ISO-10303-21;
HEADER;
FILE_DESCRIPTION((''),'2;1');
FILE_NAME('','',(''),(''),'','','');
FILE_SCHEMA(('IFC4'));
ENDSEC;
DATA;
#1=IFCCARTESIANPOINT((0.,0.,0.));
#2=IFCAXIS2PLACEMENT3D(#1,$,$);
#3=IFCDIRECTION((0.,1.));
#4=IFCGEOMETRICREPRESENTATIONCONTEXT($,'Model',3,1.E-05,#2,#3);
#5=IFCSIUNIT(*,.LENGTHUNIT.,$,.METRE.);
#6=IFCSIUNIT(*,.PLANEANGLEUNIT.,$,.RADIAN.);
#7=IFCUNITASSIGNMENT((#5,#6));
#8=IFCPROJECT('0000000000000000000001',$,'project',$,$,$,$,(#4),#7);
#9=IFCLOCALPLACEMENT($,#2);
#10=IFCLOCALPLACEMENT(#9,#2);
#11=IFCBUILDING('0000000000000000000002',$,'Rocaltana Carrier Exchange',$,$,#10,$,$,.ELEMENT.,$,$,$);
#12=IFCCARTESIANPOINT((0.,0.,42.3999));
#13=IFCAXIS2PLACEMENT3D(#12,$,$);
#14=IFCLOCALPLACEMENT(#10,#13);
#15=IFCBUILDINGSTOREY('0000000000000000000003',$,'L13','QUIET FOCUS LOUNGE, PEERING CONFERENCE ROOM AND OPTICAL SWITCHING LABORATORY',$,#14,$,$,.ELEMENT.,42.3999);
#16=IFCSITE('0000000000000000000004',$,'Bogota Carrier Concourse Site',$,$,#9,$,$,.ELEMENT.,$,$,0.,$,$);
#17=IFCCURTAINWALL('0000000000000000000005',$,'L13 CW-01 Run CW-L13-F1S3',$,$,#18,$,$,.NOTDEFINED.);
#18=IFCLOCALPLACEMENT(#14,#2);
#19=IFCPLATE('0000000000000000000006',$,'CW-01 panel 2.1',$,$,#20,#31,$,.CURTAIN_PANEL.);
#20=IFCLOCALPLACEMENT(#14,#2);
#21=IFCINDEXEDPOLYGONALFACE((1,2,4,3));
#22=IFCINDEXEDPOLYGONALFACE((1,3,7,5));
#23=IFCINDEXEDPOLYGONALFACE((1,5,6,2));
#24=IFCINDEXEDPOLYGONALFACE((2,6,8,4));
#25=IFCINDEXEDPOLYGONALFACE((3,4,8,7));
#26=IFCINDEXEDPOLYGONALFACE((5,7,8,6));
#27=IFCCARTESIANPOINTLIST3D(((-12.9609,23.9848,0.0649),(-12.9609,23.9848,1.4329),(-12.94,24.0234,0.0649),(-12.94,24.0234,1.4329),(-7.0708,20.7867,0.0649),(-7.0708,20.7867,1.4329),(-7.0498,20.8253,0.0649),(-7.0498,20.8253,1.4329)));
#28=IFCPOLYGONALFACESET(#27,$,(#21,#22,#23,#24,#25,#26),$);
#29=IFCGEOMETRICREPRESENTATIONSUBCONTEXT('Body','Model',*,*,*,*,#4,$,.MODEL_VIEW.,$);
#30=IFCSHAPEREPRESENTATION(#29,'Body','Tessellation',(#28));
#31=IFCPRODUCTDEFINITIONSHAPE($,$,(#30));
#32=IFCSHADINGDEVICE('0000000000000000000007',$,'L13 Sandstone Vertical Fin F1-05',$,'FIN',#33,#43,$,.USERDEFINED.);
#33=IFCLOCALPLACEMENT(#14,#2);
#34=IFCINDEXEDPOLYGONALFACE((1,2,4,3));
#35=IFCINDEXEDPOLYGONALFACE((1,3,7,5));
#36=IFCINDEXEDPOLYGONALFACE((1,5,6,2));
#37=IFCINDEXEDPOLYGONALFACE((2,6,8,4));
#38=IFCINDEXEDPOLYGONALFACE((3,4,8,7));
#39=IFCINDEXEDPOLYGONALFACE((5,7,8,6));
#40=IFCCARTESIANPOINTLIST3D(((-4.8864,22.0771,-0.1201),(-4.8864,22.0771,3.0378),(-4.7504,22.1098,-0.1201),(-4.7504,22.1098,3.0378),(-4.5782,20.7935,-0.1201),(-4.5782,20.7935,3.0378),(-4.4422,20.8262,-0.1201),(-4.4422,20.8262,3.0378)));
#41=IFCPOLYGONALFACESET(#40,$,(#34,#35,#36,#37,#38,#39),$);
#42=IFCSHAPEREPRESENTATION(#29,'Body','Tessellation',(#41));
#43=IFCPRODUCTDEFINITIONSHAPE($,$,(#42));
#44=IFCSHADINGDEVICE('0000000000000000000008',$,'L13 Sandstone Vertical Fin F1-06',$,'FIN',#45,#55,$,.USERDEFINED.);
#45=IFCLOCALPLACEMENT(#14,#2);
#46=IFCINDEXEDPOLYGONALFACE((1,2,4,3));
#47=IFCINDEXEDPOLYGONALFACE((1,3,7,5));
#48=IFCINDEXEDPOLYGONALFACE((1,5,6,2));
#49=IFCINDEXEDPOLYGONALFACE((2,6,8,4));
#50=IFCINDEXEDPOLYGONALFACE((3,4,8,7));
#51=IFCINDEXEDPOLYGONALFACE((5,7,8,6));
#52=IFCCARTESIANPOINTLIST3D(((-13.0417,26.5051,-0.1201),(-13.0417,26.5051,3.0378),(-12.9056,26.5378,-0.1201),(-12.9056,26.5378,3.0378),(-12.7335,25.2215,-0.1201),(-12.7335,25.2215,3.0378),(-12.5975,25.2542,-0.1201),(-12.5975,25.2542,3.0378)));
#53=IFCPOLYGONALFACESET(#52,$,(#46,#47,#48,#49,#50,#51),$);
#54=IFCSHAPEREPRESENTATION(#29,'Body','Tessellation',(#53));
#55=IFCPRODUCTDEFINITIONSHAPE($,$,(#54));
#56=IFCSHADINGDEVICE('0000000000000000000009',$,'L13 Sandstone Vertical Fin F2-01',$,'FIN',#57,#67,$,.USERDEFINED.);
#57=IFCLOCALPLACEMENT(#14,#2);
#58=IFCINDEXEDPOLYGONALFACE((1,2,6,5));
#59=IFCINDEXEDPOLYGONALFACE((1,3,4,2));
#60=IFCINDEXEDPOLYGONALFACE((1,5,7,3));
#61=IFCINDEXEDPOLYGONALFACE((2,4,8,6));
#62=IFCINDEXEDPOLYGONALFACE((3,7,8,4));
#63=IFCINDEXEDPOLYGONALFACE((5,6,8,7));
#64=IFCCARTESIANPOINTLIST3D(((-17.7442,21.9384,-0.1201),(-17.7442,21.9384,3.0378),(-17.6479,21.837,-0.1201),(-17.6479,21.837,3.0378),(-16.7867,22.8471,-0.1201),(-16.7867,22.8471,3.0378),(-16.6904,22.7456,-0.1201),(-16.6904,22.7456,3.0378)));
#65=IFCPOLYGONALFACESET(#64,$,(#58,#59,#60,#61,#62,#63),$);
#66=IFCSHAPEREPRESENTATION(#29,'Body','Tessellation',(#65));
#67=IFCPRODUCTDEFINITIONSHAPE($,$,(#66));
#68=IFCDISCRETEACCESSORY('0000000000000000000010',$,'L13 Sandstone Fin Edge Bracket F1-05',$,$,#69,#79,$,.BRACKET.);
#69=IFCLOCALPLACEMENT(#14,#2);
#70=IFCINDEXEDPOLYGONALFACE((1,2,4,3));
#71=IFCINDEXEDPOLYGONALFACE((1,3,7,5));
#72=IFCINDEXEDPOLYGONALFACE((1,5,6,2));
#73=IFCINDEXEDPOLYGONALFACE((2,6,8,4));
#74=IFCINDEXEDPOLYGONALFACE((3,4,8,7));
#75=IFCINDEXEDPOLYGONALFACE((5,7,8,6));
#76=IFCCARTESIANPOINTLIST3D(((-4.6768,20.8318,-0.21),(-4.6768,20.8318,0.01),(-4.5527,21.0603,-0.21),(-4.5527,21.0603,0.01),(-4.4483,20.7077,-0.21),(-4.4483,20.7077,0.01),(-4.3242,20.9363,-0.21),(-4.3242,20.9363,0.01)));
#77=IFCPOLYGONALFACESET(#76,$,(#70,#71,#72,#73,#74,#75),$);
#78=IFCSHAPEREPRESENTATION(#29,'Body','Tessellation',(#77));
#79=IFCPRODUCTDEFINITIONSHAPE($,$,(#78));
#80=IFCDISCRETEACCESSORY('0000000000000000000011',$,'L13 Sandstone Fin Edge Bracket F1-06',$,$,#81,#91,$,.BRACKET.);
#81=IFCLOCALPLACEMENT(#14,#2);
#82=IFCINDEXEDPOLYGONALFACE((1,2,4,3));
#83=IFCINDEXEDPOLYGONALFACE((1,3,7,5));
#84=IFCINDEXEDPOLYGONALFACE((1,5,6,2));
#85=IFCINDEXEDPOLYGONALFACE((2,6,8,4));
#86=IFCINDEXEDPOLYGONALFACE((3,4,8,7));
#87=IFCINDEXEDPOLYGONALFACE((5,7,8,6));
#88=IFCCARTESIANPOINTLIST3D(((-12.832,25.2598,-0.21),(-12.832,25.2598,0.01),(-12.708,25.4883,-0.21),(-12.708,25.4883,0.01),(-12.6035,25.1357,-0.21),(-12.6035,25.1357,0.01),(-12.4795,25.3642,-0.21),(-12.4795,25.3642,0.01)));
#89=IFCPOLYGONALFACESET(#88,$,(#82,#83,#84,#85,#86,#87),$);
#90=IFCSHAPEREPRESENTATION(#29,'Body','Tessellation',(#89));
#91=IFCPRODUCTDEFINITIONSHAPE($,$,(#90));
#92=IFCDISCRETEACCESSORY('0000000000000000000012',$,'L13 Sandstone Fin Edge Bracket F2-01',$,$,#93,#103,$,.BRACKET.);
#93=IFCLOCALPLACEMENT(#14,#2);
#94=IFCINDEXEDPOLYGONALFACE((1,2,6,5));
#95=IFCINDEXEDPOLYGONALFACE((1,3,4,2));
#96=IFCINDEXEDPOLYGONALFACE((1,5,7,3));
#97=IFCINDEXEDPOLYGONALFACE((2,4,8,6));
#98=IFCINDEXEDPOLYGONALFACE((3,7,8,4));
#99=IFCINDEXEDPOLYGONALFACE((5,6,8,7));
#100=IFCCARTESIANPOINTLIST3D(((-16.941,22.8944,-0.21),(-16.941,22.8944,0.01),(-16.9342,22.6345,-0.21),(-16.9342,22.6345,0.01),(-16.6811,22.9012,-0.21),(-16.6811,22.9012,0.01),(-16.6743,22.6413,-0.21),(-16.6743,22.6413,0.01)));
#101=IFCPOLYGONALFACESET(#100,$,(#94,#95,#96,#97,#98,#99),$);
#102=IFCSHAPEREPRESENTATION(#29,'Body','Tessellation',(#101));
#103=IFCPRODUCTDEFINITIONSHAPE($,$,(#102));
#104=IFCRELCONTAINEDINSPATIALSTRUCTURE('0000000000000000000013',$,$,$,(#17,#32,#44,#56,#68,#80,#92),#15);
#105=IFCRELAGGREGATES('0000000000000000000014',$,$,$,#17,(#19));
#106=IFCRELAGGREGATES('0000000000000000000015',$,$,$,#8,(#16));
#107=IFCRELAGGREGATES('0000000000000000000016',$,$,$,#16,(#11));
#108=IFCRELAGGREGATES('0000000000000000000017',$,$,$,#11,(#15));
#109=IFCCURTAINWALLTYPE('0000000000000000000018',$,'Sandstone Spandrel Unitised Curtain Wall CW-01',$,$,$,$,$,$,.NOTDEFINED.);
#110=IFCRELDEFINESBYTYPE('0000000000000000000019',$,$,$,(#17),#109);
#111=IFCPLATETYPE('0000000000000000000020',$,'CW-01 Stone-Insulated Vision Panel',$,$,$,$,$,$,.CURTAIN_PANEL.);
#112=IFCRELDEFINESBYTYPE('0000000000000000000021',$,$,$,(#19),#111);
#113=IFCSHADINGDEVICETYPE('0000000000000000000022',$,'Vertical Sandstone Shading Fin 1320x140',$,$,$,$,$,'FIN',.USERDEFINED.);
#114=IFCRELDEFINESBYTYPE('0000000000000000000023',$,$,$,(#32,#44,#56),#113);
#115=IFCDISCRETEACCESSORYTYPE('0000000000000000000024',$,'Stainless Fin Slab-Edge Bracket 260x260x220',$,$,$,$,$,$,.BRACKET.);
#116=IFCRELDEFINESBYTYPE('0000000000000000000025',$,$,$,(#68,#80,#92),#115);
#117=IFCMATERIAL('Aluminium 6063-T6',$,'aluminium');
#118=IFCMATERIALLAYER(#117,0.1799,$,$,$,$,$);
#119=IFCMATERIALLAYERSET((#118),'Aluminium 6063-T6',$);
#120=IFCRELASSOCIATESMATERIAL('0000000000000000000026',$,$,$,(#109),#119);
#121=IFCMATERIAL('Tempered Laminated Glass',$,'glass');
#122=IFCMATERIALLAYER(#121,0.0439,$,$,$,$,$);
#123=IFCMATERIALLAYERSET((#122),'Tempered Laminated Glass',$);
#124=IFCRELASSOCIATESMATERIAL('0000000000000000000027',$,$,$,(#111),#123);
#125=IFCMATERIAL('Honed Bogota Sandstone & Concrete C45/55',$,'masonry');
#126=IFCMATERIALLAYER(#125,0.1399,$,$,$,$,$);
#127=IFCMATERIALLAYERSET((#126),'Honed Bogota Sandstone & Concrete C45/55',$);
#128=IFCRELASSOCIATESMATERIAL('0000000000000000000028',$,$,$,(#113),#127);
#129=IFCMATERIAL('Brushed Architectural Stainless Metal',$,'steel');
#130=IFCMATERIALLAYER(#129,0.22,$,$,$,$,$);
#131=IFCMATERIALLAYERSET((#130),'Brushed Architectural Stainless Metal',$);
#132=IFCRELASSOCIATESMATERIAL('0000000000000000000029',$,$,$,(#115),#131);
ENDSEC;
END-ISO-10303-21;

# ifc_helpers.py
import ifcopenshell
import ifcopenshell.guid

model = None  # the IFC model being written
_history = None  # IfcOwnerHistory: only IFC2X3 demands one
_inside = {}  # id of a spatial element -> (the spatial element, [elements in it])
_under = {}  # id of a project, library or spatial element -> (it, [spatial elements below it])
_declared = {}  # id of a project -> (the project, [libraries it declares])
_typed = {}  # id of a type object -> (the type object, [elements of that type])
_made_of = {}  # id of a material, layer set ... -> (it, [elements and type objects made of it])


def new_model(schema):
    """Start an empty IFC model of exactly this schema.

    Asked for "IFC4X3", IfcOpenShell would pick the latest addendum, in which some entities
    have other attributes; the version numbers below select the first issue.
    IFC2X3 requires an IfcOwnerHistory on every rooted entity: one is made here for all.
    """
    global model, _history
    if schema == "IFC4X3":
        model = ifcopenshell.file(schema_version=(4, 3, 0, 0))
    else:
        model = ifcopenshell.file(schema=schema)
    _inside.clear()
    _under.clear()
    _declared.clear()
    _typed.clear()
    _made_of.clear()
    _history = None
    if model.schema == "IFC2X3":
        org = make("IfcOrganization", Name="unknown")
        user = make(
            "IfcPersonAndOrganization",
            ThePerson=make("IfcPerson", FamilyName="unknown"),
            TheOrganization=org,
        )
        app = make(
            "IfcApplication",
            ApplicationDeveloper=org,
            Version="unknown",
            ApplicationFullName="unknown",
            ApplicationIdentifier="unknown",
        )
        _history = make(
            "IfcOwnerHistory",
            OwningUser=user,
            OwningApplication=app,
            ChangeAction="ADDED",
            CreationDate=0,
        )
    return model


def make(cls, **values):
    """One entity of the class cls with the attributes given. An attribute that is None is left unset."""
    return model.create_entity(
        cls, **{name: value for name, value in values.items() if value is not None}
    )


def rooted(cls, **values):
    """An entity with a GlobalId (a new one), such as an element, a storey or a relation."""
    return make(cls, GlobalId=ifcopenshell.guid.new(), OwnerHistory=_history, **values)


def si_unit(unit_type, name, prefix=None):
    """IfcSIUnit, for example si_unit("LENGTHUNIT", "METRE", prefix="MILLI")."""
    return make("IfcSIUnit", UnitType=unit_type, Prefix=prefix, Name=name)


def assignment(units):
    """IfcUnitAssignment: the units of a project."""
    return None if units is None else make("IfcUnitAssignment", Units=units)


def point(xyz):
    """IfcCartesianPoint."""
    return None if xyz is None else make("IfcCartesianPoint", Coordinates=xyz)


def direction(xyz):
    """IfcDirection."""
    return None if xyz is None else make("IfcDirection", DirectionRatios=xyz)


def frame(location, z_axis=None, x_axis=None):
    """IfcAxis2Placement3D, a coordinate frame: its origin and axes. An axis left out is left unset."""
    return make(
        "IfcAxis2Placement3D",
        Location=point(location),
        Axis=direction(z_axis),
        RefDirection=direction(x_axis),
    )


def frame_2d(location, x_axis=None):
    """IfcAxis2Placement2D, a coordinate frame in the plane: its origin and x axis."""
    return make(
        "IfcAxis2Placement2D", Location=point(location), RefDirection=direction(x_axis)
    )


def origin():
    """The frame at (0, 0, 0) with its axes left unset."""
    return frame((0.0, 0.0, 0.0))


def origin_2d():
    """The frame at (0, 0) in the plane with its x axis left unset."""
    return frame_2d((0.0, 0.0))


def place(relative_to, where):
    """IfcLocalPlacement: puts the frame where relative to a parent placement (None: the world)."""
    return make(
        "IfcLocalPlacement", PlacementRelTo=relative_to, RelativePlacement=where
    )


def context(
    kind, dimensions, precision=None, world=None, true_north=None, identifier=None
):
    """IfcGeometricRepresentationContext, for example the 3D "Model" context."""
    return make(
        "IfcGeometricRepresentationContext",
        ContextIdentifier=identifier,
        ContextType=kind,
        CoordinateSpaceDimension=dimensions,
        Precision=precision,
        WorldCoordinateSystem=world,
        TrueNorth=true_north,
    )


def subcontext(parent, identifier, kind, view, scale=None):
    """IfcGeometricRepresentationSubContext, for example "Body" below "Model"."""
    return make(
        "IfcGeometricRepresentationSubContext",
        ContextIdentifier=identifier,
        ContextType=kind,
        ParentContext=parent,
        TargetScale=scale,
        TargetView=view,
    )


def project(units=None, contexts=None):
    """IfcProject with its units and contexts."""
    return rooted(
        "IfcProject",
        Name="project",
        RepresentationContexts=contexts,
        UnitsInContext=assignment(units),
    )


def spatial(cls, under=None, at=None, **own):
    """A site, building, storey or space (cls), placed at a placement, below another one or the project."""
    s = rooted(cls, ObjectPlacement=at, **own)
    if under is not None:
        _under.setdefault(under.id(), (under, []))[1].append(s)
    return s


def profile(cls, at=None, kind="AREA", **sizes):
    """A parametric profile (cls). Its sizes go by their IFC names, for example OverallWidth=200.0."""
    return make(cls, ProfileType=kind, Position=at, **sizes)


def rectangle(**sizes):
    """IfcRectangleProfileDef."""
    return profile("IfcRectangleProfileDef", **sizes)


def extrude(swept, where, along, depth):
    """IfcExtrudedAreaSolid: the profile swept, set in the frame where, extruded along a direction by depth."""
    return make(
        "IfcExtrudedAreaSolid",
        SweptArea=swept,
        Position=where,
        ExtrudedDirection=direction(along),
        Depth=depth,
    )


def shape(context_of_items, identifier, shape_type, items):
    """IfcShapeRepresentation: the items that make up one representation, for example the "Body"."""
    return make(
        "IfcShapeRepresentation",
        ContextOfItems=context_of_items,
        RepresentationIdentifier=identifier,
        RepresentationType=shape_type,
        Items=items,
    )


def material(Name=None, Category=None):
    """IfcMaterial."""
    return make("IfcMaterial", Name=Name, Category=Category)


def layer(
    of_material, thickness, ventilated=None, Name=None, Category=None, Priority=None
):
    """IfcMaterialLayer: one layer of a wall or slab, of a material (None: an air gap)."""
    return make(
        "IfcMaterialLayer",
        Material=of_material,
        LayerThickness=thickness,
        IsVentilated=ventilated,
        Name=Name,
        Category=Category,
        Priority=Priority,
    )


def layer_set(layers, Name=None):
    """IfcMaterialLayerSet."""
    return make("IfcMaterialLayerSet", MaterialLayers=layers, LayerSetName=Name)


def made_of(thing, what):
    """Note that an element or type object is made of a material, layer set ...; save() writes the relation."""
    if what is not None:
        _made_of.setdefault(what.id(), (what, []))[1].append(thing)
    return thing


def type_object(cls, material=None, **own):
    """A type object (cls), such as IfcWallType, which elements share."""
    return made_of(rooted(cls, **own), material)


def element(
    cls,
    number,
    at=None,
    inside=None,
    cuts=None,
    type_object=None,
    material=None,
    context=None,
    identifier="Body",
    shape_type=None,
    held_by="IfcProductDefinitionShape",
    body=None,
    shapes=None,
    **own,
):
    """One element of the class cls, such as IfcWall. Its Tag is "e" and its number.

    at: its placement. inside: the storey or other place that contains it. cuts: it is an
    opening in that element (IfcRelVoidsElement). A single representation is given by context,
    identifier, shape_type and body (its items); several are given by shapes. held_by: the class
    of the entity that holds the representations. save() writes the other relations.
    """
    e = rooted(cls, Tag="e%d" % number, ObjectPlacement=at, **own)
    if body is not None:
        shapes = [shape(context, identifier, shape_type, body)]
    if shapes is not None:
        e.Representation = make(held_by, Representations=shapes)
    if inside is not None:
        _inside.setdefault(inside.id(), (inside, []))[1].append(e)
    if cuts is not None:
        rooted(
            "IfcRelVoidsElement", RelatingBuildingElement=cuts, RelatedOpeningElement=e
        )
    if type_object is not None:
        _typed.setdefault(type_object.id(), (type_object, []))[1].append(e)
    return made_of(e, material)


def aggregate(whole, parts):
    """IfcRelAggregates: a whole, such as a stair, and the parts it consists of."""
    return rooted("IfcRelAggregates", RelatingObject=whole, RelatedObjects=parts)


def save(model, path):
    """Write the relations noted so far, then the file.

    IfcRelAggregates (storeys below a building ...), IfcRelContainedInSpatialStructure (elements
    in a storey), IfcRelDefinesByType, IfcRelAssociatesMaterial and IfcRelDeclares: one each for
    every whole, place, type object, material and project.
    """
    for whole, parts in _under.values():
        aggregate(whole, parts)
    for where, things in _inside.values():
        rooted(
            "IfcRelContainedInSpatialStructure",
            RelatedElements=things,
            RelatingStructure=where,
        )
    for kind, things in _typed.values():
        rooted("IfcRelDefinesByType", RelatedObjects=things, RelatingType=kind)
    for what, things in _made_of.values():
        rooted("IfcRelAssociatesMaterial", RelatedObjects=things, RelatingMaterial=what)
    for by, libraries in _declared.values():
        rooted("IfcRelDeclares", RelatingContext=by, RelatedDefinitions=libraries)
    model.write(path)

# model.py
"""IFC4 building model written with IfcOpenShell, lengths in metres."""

from ifc_helpers import new_model, si_unit, direction, frame, origin, origin_2d, place, context, subcontext, project, spatial, rectangle, extrude, material, layer, layer_set, type_object, element, aggregate, save


model = new_model("IFC4")

# Units and contexts
model_context = context("Model", 3, precision=1e-05, world=origin(), true_north=direction((0.0, 1.0)))
body_context = subcontext(model_context, "Body", "Model", "MODEL_VIEW")
ifc_project = project(units=[si_unit("LENGTHUNIT", "METRE"), si_unit("PLANEANGLEUNIT", "RADIAN")], contexts=[model_context])

# Site, building, storey
site_placement = place(None, origin())
site = spatial("IfcSite", under=ifc_project, at=site_placement, Name="Bogota Carrier Concourse Site", CompositionType="ELEMENT", RefElevation=0.0)
building_placement = place(site_placement, origin())
building = spatial("IfcBuilding", under=site, at=building_placement, Name="Rocaltana Carrier Exchange", CompositionType="ELEMENT")
storey_placement = place(building_placement, frame((0.0, 0.0, 42.3999)))
storey = spatial("IfcBuildingStorey", under=building, at=storey_placement, Name="L13", Description="QUIET FOCUS LOUNGE, PEERING CONFERENCE ROOM AND OPTICAL SWITCHING LABORATORY", CompositionType="ELEMENT", Elevation=42.3999)

# Curtain wall
ifc_material_1 = material(Name="Aluminium 6063-T6", Category="aluminium")
ifc_layer_1 = layer(ifc_material_1, 0.1799)
ifc_layer_set_1 = layer_set([ifc_layer_1], Name="Aluminium 6063-T6")
curtain_wall_type = type_object("IfcCurtainWallType", Name="Sandstone Spandrel Unitised Curtain Wall CW-01", PredefinedType="NOTDEFINED", material=ifc_layer_set_1)
curtain_wall_1_placement = place(storey_placement, origin())
curtain_wall_1 = element("IfcCurtainWall", 1, at=curtain_wall_1_placement, inside=storey, type_object=curtain_wall_type, Name="L13 CW-01 Run CW-L13-F1S3", PredefinedType="NOTDEFINED")

# Plate
ifc_material_2 = material(Name="Tempered Laminated Glass", Category="glass")
ifc_layer_2 = layer(ifc_material_2, 0.0439)
ifc_layer_set_2 = layer_set([ifc_layer_2], Name="Tempered Laminated Glass")
plate_type = type_object("IfcPlateType", Name="CW-01 Stone-Insulated Vision Panel", PredefinedType="CURTAIN_PANEL", material=ifc_layer_set_2)
plate_placement = place(storey_placement, frame((-10.0054, 22.405, 0.0649), z_axis=(0.0, 0.0, 1.0), x_axis=(-0.878819, 0.477156, 0.0)))
plate = element("IfcPlate", 2, at=plate_placement, type_object=plate_type, Name="CW-01 panel 2.1", PredefinedType="CURTAIN_PANEL", context=body_context, shape_type="SweptSolid", body=[
    extrude(rectangle(XDim=6.7024, YDim=0.0439, at=origin_2d()), origin(), (0.0, 0.0, 1.0), 1.3679),
])
aggregate(curtain_wall_1, [plate])

# Shading devices
ifc_material_3 = material(Name="Honed Bogota Sandstone & Concrete C45/55", Category="masonry")
ifc_layer_3 = layer(ifc_material_3, 0.1399)
ifc_layer_set_3 = layer_set([ifc_layer_3], Name="Honed Bogota Sandstone & Concrete C45/55")
shading_device_type = type_object("IfcShadingDeviceType", Name="Vertical Sandstone Shading Fin 1320x140", ElementType="FIN", PredefinedType="USERDEFINED", material=ifc_layer_set_3)
for number, where, z_axis, x_axis, name in (
    (3, (-4.6643, 21.4517, -0.1201), (0.0, 0.0, 1.0), (-0.233445, 0.97237, 0.0), "L13 Sandstone Vertical Fin F1-05"),
    (4, (-12.8196, 25.8796, -0.1201), (0.0, 0.0, 1.0), (-0.233445, 0.97237, 0.0), "L13 Sandstone Vertical Fin F1-06"),
    (5, (-17.2173, 22.342, -0.1201), (0.0, 0.0, 1.0), (-0.725374, -0.688355, 0.0), "L13 Sandstone Vertical Fin F2-01"),
):
    element("IfcShadingDevice", number, at=place(storey_placement, frame(where, z_axis=z_axis, x_axis=x_axis)), inside=storey, type_object=shading_device_type, Name=name, ObjectType="FIN", PredefinedType="USERDEFINED", context=body_context, shape_type="SweptSolid", body=[
        extrude(rectangle(XDim=1.3201, YDim=0.1399, at=origin_2d()), origin(), (0.0, 0.0, 1.0), 3.158),
    ])

# Discrete accessories
ifc_material_4 = material(Name="Brushed Architectural Stainless Metal", Category="steel")
ifc_layer_4 = layer(ifc_material_4, 0.22)
ifc_layer_set_4 = layer_set([ifc_layer_4], Name="Brushed Architectural Stainless Metal")
discrete_accessory_type = type_object("IfcDiscreteAccessoryType", Name="Stainless Fin Slab-Edge Bracket 260x260x220", PredefinedType="BRACKET", material=ifc_layer_set_4)
for number, where, z_axis, x_axis, name in (
    (6, (-4.5005, 20.884, -0.21), (0.0, 0.0, 1.0), (-0.878817, 0.477159, 0.0), "L13 Sandstone Fin Edge Bracket F1-05"),
    (7, (-12.6558, 25.312, -0.21), (0.0, 0.0, 1.0), (-0.878817, 0.477159, 0.0), "L13 Sandstone Fin Edge Bracket F1-06"),
    (8, (-16.8076, 22.7678, -0.21), (0.0, 0.0, 1.0), (0.026177, -0.999657, 0.0), "L13 Sandstone Fin Edge Bracket F2-01"),
):
    element("IfcDiscreteAccessory", number, at=place(storey_placement, frame(where, z_axis=z_axis, x_axis=x_axis)), inside=storey, type_object=discrete_accessory_type, Name=name, PredefinedType="BRACKET", context=body_context, shape_type="SweptSolid", body=[
        extrude(rectangle(XDim=0.26, YDim=0.26, at=origin_2d()), origin(), (0.0, 0.0, 1.0), 0.22),
    ])

save(model, "model.ifc")
